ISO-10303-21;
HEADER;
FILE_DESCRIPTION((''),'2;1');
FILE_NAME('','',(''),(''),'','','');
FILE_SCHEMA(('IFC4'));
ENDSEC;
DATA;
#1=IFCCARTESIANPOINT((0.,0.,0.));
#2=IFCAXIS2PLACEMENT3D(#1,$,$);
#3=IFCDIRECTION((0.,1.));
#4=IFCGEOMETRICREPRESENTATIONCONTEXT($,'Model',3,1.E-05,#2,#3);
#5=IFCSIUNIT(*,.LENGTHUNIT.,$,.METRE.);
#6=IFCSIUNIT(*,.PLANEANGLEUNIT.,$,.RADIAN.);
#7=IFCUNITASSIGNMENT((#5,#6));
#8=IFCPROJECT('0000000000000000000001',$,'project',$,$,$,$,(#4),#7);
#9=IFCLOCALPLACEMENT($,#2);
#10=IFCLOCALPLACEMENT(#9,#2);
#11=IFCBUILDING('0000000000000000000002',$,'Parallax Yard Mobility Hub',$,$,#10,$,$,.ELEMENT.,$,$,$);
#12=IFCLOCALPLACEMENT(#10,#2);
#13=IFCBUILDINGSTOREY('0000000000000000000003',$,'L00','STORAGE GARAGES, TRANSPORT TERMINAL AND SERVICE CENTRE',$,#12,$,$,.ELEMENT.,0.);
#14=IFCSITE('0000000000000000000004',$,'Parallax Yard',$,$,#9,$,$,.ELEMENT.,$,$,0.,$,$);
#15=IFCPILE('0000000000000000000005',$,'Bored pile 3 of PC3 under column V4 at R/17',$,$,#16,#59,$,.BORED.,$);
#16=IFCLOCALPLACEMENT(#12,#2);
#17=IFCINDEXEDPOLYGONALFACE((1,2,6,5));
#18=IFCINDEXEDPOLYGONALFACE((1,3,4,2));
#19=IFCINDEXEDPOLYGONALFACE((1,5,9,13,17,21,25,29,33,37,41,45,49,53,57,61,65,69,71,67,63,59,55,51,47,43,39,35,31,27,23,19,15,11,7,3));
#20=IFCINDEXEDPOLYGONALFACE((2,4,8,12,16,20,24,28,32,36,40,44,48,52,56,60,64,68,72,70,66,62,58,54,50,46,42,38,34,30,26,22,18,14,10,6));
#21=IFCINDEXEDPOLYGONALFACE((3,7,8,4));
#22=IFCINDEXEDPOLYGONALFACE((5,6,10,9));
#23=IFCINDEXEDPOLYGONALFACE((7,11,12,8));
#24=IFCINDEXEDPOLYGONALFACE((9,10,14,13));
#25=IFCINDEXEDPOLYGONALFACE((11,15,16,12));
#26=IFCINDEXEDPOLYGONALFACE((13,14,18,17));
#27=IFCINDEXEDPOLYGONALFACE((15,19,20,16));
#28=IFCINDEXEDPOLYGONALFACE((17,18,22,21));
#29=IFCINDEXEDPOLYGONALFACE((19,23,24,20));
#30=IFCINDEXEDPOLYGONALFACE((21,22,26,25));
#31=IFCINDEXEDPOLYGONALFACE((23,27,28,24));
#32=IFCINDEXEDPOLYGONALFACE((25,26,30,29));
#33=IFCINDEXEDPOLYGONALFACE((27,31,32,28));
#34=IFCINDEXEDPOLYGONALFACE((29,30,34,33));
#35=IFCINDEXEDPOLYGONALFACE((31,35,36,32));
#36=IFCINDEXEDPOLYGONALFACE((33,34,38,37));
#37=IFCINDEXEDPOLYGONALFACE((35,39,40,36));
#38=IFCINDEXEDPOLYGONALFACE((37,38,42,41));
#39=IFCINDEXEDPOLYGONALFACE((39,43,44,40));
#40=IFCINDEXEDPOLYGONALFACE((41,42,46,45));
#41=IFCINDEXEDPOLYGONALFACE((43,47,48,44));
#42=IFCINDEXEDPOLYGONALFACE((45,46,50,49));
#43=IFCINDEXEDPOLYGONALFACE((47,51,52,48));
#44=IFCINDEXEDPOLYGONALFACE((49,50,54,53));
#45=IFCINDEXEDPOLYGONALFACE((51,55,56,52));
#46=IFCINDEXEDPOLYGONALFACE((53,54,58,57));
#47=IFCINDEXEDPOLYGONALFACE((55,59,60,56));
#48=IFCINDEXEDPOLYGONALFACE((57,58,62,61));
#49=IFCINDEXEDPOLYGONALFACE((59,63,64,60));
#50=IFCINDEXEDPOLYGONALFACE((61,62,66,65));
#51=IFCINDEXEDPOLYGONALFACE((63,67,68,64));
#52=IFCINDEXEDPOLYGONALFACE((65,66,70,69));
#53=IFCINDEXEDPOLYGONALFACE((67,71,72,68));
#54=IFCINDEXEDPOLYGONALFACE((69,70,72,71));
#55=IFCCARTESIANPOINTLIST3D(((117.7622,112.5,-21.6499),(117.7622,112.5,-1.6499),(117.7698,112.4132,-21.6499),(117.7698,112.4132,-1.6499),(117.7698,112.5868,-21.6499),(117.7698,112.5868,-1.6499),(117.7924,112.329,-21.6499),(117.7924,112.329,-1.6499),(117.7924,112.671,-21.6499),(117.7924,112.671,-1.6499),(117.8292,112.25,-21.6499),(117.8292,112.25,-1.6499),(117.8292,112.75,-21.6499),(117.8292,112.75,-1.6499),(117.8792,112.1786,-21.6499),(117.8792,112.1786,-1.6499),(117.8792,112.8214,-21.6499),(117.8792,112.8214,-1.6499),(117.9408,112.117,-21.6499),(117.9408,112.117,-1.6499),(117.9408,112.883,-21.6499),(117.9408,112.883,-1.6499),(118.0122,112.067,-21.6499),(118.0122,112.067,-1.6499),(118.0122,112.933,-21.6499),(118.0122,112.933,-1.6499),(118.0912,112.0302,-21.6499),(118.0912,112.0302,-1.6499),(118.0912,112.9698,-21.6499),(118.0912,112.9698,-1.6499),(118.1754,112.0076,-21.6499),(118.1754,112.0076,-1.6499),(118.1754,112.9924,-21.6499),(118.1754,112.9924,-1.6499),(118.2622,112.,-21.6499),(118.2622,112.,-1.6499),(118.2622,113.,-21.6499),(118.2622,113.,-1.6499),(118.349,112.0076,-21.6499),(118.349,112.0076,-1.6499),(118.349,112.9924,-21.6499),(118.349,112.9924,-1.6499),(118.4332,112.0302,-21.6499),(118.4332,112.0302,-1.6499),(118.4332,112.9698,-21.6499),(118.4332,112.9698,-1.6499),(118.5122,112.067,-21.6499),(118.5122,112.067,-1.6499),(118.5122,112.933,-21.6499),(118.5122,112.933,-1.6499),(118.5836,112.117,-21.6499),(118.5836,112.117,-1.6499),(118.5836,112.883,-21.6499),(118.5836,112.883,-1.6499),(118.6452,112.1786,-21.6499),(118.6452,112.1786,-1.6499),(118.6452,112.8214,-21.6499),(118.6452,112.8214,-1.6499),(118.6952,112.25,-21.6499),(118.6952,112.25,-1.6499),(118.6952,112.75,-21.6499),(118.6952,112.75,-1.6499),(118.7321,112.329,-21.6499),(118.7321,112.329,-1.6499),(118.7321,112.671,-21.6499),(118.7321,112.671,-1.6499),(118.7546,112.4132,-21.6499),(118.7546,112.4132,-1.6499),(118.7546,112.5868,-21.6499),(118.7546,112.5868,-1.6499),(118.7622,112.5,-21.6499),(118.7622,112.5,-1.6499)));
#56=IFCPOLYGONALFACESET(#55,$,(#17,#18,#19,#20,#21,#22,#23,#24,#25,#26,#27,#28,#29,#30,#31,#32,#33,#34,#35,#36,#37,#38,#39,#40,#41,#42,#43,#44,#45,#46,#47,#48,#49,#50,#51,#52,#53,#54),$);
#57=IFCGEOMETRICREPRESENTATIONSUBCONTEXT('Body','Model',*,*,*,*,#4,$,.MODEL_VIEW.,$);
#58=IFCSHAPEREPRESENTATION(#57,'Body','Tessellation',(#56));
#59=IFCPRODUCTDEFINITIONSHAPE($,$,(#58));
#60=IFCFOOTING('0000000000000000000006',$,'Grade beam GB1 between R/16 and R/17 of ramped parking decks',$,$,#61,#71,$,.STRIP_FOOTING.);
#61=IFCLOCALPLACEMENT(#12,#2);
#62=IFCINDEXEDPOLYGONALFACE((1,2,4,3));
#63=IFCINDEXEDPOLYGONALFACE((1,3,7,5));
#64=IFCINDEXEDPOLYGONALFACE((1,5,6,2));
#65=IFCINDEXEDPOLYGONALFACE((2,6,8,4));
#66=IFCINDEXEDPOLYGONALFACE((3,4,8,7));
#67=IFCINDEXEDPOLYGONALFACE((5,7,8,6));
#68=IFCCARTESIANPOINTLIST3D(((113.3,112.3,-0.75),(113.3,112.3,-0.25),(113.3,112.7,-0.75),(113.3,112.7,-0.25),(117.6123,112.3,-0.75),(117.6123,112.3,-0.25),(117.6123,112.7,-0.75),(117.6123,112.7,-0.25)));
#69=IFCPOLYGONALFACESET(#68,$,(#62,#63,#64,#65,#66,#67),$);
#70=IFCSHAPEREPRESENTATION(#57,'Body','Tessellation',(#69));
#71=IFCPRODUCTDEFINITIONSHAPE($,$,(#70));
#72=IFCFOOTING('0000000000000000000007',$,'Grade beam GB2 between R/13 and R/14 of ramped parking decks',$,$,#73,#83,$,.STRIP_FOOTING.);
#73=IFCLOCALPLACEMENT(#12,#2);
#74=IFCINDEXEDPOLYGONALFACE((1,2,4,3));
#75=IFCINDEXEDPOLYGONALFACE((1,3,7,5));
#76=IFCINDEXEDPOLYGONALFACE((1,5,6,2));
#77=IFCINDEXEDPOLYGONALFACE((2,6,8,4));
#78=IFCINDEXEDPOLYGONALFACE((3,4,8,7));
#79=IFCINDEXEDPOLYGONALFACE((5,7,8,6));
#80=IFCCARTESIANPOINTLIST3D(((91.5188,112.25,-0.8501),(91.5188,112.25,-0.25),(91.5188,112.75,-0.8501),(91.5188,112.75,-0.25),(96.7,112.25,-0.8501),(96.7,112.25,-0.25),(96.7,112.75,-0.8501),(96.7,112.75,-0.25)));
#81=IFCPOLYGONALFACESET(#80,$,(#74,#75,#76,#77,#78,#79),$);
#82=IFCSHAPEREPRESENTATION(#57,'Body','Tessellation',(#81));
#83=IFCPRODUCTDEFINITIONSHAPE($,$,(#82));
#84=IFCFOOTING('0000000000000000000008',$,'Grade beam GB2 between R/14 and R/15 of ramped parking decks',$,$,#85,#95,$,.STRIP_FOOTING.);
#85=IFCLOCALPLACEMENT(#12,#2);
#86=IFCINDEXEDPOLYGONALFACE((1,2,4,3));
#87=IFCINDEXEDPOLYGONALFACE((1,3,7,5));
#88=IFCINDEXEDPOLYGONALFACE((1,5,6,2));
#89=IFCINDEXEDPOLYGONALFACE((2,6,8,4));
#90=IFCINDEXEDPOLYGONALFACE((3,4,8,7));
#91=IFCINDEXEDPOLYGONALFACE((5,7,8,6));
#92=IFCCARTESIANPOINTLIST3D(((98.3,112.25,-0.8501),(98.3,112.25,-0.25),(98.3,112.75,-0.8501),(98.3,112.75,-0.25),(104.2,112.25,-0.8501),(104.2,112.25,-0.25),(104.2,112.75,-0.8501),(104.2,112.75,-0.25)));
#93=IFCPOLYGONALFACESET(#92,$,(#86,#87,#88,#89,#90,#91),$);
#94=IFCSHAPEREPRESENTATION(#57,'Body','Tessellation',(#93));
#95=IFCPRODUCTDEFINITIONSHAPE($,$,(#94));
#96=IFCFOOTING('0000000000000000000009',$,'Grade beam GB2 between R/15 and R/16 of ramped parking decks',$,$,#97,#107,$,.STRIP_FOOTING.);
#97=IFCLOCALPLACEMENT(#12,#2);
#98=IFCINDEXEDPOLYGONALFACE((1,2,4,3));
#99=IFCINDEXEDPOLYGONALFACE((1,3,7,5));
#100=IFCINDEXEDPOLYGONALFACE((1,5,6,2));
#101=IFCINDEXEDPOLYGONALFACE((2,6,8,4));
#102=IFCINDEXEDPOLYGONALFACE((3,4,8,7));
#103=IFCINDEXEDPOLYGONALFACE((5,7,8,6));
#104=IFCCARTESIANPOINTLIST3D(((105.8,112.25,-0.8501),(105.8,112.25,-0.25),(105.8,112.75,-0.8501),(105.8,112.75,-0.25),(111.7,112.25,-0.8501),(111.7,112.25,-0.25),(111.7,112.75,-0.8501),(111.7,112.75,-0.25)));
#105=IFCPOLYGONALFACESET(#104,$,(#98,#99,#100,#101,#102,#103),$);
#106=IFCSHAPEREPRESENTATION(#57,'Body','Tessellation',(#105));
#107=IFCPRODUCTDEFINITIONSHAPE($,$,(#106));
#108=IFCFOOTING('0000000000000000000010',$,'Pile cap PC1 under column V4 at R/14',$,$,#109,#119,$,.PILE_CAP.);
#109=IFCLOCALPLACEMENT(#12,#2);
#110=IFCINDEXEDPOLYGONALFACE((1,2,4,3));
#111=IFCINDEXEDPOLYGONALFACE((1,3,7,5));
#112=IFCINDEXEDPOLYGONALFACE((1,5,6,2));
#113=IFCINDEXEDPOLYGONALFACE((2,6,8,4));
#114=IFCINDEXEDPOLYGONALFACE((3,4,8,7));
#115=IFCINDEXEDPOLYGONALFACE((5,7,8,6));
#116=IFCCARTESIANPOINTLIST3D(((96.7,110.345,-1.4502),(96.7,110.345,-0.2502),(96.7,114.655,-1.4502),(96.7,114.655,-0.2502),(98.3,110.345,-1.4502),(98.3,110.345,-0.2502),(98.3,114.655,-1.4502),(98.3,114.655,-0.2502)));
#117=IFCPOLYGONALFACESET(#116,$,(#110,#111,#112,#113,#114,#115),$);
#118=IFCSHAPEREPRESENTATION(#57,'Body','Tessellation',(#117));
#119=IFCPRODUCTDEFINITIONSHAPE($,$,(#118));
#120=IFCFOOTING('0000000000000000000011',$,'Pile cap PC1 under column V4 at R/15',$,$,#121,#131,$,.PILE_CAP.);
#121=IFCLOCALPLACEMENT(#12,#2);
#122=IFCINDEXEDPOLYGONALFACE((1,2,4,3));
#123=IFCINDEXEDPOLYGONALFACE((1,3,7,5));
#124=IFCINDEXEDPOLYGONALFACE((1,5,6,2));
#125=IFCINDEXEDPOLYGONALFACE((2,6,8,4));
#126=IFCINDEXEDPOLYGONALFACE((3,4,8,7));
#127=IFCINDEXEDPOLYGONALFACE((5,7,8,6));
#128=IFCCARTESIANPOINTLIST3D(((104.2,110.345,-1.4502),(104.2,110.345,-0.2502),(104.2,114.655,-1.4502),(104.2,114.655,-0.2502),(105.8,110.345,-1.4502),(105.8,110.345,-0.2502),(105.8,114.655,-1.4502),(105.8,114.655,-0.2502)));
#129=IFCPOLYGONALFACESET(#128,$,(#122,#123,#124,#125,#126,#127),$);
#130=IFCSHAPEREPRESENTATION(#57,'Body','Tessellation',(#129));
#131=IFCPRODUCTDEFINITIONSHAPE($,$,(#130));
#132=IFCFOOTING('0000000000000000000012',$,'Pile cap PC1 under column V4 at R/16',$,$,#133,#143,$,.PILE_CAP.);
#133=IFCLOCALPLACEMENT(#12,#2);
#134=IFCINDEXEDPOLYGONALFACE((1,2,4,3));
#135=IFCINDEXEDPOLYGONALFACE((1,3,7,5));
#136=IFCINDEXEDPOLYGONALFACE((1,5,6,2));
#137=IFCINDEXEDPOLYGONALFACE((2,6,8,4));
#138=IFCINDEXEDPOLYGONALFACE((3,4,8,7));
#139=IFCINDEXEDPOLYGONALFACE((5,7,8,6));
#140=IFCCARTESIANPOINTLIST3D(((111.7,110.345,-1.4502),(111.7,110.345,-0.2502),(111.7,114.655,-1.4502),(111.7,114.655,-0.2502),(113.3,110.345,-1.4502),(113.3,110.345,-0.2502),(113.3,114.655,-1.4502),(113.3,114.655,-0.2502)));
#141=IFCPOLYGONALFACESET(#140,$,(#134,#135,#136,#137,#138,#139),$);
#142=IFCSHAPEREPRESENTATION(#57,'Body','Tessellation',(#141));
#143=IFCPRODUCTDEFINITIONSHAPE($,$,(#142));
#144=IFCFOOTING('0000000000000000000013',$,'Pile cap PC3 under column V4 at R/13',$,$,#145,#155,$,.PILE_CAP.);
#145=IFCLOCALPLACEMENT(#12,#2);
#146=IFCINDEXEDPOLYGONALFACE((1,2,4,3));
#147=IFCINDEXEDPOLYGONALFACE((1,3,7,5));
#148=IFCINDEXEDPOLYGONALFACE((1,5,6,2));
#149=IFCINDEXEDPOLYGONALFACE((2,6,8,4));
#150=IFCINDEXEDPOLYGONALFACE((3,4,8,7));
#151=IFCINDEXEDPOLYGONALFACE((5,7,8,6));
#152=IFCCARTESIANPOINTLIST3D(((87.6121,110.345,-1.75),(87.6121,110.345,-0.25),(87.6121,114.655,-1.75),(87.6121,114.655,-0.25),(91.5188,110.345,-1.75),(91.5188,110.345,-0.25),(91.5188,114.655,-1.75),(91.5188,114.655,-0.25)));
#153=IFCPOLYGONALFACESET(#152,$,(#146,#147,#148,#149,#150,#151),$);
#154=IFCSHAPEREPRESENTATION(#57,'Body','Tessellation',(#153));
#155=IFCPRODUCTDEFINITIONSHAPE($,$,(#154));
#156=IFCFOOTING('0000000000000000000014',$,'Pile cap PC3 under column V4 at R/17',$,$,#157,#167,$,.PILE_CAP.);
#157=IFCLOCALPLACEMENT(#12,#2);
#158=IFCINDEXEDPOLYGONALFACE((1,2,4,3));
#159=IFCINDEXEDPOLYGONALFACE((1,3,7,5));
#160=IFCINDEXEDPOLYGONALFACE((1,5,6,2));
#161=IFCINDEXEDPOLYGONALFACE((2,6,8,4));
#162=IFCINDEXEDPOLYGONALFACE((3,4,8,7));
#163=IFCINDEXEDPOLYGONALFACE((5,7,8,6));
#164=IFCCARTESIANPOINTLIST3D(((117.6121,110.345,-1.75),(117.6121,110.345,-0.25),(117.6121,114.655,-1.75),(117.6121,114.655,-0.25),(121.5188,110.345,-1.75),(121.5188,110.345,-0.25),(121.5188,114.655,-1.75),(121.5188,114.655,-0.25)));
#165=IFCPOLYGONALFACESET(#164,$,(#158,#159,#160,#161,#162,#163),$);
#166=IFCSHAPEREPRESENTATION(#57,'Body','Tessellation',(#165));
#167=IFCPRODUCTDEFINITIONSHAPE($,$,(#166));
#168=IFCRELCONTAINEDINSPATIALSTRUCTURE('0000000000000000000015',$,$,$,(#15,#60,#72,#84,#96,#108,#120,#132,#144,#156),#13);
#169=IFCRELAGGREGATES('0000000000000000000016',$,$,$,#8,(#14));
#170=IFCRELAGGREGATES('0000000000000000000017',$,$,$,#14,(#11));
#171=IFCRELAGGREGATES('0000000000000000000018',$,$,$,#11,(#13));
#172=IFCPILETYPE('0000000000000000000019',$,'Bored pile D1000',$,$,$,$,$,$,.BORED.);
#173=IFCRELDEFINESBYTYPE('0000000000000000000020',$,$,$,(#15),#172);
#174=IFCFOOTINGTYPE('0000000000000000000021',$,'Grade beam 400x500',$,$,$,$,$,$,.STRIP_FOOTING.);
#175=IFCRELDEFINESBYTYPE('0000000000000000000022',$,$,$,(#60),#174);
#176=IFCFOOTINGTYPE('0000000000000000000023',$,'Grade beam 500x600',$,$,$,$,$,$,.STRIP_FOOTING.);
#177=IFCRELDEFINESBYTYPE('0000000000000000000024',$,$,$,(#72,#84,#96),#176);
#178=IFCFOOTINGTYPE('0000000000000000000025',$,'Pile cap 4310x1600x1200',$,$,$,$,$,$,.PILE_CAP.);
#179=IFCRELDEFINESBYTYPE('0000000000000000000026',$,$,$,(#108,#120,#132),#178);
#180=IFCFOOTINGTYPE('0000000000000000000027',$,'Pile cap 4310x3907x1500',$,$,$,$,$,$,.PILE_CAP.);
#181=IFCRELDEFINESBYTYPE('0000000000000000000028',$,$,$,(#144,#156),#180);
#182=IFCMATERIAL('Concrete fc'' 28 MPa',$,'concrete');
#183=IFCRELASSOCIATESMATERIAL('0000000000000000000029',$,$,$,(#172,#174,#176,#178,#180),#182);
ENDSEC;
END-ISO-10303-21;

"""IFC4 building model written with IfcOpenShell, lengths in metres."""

from ifc_helpers import new_model, si_unit, direction, frame, origin, origin_2d, place, context, subcontext, project, spatial, rectangle, circle, extrude, material, material_profile, profile_set, type_object, element, save


model = new_model("IFC4")

# Units and contexts
model_context = context("Model", 3, precision=1e-05, world=origin(), true_north=direction((0.0, 1.0)))
body_context = subcontext(model_context, "Body", "Model", "MODEL_VIEW")
ifc_project = project(units=[si_unit("LENGTHUNIT", "METRE"), si_unit("PLANEANGLEUNIT", "RADIAN")], contexts=[model_context])

# Site, building, storey
site_placement = place(None, origin())
site = spatial("IfcSite", under=ifc_project, at=site_placement, Name="Parallax Yard", CompositionType="ELEMENT", RefElevation=0.0)
building_placement = place(site_placement, origin())
building = spatial("IfcBuilding", under=site, at=building_placement, Name="Parallax Yard Mobility Hub", CompositionType="ELEMENT")
storey_placement = place(building_placement, origin())
storey = spatial("IfcBuildingStorey", under=building, at=storey_placement, Name="L00", Description="STORAGE GARAGES, TRANSPORT TERMINAL AND SERVICE CENTRE", CompositionType="ELEMENT", Elevation=0.0)

# Pile
ifc_material_1 = material(Name="Concrete fc' 28 MPa", Category="concrete")
ifc_material_profile_1 = material_profile(ifc_material_1, circle(Radius=0.5, at=origin_2d()), Name="Bored pile D1000")
ifc_profile_set_1 = profile_set([ifc_material_profile_1], Name="Concrete fc' 28 MPa")
pile_type = type_object("IfcPileType", Name="Bored pile D1000", PredefinedType="BORED", material=ifc_profile_set_1)
pile_placement = place(storey_placement, frame((118.2622, 112.5, -1.6499), z_axis=(0.0, 0.0, -1.0), x_axis=(1.0, 0.0, 0.0)))
element("IfcPile", 1, at=pile_placement, inside=storey, type_object=pile_type, Name="Bored pile 3 of PC3 under column V4 at R/17", PredefinedType="BORED", context=body_context, shape_type="SweptSolid", body=[
    extrude(circle(Radius=0.5, at=origin_2d()), origin(), (0.0, 0.0, 1.0), 20.0),
])

# Footings
ifc_material_profile_2 = material_profile(ifc_material_1, rectangle(XDim=0.3999, YDim=0.5, at=origin_2d()), Name="Grade beam 400x500")
ifc_profile_set_2 = profile_set([ifc_material_profile_2], Name="Concrete fc' 28 MPa")
footing_type_1 = type_object("IfcFootingType", Name="Grade beam 400x500", PredefinedType="STRIP_FOOTING", material=ifc_profile_set_2)
footing_1_placement = place(storey_placement, frame((113.3, 112.5, -0.5), z_axis=(1.0, 0.0, 0.0), x_axis=(0.0, 1.0, 0.0)))
element("IfcFooting", 2, at=footing_1_placement, inside=storey, type_object=footing_type_1, Name="Grade beam GB1 between R/16 and R/17 of ramped parking decks", PredefinedType="STRIP_FOOTING", context=body_context, shape_type="SweptSolid", body=[
    extrude(rectangle(XDim=0.3999, YDim=0.5, at=origin_2d()), origin(), (0.0, 0.0, 1.0), 4.3123),
])
ifc_material_profile_3 = material_profile(ifc_material_1, rectangle(XDim=0.5, YDim=0.6001, at=origin_2d()), Name="Grade beam 500x600")
ifc_profile_set_3 = profile_set([ifc_material_profile_3], Name="Concrete fc' 28 MPa")
footing_type_2 = type_object("IfcFootingType", Name="Grade beam 500x600", PredefinedType="STRIP_FOOTING", material=ifc_profile_set_3)
footing_2_placement = place(storey_placement, frame((91.5188, 112.5, -0.55), z_axis=(1.0, 0.0, 0.0), x_axis=(0.0, 1.0, 0.0)))
element("IfcFooting", 3, at=footing_2_placement, inside=storey, type_object=footing_type_2, Name="Grade beam GB2 between R/13 and R/14 of ramped parking decks", PredefinedType="STRIP_FOOTING", context=body_context, shape_type="SweptSolid", body=[
    extrude(rectangle(XDim=0.5, YDim=0.6001, at=origin_2d()), origin(), (0.0, 0.0, 1.0), 5.1812),
])
for number, where, z_axis, x_axis, name in (
    (4, (98.3, 112.5, -0.55), (1.0, 0.0, 0.0), (0.0, 1.0, 0.0), "Grade beam GB2 between R/14 and R/15 of ramped parking decks"),
    (5, (105.8, 112.5, -0.55), (1.0, 0.0, 0.0), (0.0, 1.0, 0.0), "Grade beam GB2 between R/15 and R/16 of ramped parking decks"),
):
    element("IfcFooting", number, at=place(storey_placement, frame(where, z_axis=z_axis, x_axis=x_axis)), inside=storey, type_object=footing_type_2, Name=name, PredefinedType="STRIP_FOOTING", context=body_context, shape_type="SweptSolid", body=[
        extrude(rectangle(XDim=0.5, YDim=0.6001, at=origin_2d()), origin(), (0.0, 0.0, 1.0), 5.8999),
    ])
footing_type_3 = type_object("IfcFootingType", Name="Pile cap 4310x1600x1200", PredefinedType="PILE_CAP", material=ifc_material_1)
for number, where, z_axis, x_axis, name in (
    (6, (97.5, 112.5, -1.4502), (0.0, 0.0, 1.0), (0.0, 1.0, 0.0), "Pile cap PC1 under column V4 at R/14"),
    (7, (105.0, 112.5, -1.4502), (0.0, 0.0, 1.0), (0.0, 1.0, 0.0), "Pile cap PC1 under column V4 at R/15"),
    (8, (112.5, 112.5, -1.4502), (0.0, 0.0, 1.0), (0.0, 1.0, 0.0), "Pile cap PC1 under column V4 at R/16"),
):
    element("IfcFooting", number, at=place(storey_placement, frame(where, z_axis=z_axis, x_axis=x_axis)), inside=storey, type_object=footing_type_3, Name=name, PredefinedType="PILE_CAP", context=body_context, shape_type="SweptSolid", body=[
        extrude(rectangle(XDim=4.3101, YDim=1.6001, at=origin_2d()), origin(), (0.0, 0.0, 1.0), 1.2),
    ])
footing_type_4 = type_object("IfcFootingType", Name="Pile cap 4310x3907x1500", PredefinedType="PILE_CAP", material=ifc_material_1)
for number, where, z_axis, x_axis, name in (
    (9, (89.5654, 112.5, -1.75), (0.0, 0.0, 1.0), (0.0, 1.0, 0.0), "Pile cap PC3 under column V4 at R/13"),
    (10, (119.5654, 112.5, -1.75), (0.0, 0.0, 1.0), (0.0, 1.0, 0.0), "Pile cap PC3 under column V4 at R/17"),
):
    element("IfcFooting", number, at=place(storey_placement, frame(where, z_axis=z_axis, x_axis=x_axis)), inside=storey, type_object=footing_type_4, Name=name, PredefinedType="PILE_CAP", context=body_context, shape_type="SweptSolid", body=[
        extrude(rectangle(XDim=4.3101, YDim=3.9067, at=origin_2d()), origin(), (0.0, 0.0, 1.0), 1.5),
    ])

save(model, "model.ifc")
